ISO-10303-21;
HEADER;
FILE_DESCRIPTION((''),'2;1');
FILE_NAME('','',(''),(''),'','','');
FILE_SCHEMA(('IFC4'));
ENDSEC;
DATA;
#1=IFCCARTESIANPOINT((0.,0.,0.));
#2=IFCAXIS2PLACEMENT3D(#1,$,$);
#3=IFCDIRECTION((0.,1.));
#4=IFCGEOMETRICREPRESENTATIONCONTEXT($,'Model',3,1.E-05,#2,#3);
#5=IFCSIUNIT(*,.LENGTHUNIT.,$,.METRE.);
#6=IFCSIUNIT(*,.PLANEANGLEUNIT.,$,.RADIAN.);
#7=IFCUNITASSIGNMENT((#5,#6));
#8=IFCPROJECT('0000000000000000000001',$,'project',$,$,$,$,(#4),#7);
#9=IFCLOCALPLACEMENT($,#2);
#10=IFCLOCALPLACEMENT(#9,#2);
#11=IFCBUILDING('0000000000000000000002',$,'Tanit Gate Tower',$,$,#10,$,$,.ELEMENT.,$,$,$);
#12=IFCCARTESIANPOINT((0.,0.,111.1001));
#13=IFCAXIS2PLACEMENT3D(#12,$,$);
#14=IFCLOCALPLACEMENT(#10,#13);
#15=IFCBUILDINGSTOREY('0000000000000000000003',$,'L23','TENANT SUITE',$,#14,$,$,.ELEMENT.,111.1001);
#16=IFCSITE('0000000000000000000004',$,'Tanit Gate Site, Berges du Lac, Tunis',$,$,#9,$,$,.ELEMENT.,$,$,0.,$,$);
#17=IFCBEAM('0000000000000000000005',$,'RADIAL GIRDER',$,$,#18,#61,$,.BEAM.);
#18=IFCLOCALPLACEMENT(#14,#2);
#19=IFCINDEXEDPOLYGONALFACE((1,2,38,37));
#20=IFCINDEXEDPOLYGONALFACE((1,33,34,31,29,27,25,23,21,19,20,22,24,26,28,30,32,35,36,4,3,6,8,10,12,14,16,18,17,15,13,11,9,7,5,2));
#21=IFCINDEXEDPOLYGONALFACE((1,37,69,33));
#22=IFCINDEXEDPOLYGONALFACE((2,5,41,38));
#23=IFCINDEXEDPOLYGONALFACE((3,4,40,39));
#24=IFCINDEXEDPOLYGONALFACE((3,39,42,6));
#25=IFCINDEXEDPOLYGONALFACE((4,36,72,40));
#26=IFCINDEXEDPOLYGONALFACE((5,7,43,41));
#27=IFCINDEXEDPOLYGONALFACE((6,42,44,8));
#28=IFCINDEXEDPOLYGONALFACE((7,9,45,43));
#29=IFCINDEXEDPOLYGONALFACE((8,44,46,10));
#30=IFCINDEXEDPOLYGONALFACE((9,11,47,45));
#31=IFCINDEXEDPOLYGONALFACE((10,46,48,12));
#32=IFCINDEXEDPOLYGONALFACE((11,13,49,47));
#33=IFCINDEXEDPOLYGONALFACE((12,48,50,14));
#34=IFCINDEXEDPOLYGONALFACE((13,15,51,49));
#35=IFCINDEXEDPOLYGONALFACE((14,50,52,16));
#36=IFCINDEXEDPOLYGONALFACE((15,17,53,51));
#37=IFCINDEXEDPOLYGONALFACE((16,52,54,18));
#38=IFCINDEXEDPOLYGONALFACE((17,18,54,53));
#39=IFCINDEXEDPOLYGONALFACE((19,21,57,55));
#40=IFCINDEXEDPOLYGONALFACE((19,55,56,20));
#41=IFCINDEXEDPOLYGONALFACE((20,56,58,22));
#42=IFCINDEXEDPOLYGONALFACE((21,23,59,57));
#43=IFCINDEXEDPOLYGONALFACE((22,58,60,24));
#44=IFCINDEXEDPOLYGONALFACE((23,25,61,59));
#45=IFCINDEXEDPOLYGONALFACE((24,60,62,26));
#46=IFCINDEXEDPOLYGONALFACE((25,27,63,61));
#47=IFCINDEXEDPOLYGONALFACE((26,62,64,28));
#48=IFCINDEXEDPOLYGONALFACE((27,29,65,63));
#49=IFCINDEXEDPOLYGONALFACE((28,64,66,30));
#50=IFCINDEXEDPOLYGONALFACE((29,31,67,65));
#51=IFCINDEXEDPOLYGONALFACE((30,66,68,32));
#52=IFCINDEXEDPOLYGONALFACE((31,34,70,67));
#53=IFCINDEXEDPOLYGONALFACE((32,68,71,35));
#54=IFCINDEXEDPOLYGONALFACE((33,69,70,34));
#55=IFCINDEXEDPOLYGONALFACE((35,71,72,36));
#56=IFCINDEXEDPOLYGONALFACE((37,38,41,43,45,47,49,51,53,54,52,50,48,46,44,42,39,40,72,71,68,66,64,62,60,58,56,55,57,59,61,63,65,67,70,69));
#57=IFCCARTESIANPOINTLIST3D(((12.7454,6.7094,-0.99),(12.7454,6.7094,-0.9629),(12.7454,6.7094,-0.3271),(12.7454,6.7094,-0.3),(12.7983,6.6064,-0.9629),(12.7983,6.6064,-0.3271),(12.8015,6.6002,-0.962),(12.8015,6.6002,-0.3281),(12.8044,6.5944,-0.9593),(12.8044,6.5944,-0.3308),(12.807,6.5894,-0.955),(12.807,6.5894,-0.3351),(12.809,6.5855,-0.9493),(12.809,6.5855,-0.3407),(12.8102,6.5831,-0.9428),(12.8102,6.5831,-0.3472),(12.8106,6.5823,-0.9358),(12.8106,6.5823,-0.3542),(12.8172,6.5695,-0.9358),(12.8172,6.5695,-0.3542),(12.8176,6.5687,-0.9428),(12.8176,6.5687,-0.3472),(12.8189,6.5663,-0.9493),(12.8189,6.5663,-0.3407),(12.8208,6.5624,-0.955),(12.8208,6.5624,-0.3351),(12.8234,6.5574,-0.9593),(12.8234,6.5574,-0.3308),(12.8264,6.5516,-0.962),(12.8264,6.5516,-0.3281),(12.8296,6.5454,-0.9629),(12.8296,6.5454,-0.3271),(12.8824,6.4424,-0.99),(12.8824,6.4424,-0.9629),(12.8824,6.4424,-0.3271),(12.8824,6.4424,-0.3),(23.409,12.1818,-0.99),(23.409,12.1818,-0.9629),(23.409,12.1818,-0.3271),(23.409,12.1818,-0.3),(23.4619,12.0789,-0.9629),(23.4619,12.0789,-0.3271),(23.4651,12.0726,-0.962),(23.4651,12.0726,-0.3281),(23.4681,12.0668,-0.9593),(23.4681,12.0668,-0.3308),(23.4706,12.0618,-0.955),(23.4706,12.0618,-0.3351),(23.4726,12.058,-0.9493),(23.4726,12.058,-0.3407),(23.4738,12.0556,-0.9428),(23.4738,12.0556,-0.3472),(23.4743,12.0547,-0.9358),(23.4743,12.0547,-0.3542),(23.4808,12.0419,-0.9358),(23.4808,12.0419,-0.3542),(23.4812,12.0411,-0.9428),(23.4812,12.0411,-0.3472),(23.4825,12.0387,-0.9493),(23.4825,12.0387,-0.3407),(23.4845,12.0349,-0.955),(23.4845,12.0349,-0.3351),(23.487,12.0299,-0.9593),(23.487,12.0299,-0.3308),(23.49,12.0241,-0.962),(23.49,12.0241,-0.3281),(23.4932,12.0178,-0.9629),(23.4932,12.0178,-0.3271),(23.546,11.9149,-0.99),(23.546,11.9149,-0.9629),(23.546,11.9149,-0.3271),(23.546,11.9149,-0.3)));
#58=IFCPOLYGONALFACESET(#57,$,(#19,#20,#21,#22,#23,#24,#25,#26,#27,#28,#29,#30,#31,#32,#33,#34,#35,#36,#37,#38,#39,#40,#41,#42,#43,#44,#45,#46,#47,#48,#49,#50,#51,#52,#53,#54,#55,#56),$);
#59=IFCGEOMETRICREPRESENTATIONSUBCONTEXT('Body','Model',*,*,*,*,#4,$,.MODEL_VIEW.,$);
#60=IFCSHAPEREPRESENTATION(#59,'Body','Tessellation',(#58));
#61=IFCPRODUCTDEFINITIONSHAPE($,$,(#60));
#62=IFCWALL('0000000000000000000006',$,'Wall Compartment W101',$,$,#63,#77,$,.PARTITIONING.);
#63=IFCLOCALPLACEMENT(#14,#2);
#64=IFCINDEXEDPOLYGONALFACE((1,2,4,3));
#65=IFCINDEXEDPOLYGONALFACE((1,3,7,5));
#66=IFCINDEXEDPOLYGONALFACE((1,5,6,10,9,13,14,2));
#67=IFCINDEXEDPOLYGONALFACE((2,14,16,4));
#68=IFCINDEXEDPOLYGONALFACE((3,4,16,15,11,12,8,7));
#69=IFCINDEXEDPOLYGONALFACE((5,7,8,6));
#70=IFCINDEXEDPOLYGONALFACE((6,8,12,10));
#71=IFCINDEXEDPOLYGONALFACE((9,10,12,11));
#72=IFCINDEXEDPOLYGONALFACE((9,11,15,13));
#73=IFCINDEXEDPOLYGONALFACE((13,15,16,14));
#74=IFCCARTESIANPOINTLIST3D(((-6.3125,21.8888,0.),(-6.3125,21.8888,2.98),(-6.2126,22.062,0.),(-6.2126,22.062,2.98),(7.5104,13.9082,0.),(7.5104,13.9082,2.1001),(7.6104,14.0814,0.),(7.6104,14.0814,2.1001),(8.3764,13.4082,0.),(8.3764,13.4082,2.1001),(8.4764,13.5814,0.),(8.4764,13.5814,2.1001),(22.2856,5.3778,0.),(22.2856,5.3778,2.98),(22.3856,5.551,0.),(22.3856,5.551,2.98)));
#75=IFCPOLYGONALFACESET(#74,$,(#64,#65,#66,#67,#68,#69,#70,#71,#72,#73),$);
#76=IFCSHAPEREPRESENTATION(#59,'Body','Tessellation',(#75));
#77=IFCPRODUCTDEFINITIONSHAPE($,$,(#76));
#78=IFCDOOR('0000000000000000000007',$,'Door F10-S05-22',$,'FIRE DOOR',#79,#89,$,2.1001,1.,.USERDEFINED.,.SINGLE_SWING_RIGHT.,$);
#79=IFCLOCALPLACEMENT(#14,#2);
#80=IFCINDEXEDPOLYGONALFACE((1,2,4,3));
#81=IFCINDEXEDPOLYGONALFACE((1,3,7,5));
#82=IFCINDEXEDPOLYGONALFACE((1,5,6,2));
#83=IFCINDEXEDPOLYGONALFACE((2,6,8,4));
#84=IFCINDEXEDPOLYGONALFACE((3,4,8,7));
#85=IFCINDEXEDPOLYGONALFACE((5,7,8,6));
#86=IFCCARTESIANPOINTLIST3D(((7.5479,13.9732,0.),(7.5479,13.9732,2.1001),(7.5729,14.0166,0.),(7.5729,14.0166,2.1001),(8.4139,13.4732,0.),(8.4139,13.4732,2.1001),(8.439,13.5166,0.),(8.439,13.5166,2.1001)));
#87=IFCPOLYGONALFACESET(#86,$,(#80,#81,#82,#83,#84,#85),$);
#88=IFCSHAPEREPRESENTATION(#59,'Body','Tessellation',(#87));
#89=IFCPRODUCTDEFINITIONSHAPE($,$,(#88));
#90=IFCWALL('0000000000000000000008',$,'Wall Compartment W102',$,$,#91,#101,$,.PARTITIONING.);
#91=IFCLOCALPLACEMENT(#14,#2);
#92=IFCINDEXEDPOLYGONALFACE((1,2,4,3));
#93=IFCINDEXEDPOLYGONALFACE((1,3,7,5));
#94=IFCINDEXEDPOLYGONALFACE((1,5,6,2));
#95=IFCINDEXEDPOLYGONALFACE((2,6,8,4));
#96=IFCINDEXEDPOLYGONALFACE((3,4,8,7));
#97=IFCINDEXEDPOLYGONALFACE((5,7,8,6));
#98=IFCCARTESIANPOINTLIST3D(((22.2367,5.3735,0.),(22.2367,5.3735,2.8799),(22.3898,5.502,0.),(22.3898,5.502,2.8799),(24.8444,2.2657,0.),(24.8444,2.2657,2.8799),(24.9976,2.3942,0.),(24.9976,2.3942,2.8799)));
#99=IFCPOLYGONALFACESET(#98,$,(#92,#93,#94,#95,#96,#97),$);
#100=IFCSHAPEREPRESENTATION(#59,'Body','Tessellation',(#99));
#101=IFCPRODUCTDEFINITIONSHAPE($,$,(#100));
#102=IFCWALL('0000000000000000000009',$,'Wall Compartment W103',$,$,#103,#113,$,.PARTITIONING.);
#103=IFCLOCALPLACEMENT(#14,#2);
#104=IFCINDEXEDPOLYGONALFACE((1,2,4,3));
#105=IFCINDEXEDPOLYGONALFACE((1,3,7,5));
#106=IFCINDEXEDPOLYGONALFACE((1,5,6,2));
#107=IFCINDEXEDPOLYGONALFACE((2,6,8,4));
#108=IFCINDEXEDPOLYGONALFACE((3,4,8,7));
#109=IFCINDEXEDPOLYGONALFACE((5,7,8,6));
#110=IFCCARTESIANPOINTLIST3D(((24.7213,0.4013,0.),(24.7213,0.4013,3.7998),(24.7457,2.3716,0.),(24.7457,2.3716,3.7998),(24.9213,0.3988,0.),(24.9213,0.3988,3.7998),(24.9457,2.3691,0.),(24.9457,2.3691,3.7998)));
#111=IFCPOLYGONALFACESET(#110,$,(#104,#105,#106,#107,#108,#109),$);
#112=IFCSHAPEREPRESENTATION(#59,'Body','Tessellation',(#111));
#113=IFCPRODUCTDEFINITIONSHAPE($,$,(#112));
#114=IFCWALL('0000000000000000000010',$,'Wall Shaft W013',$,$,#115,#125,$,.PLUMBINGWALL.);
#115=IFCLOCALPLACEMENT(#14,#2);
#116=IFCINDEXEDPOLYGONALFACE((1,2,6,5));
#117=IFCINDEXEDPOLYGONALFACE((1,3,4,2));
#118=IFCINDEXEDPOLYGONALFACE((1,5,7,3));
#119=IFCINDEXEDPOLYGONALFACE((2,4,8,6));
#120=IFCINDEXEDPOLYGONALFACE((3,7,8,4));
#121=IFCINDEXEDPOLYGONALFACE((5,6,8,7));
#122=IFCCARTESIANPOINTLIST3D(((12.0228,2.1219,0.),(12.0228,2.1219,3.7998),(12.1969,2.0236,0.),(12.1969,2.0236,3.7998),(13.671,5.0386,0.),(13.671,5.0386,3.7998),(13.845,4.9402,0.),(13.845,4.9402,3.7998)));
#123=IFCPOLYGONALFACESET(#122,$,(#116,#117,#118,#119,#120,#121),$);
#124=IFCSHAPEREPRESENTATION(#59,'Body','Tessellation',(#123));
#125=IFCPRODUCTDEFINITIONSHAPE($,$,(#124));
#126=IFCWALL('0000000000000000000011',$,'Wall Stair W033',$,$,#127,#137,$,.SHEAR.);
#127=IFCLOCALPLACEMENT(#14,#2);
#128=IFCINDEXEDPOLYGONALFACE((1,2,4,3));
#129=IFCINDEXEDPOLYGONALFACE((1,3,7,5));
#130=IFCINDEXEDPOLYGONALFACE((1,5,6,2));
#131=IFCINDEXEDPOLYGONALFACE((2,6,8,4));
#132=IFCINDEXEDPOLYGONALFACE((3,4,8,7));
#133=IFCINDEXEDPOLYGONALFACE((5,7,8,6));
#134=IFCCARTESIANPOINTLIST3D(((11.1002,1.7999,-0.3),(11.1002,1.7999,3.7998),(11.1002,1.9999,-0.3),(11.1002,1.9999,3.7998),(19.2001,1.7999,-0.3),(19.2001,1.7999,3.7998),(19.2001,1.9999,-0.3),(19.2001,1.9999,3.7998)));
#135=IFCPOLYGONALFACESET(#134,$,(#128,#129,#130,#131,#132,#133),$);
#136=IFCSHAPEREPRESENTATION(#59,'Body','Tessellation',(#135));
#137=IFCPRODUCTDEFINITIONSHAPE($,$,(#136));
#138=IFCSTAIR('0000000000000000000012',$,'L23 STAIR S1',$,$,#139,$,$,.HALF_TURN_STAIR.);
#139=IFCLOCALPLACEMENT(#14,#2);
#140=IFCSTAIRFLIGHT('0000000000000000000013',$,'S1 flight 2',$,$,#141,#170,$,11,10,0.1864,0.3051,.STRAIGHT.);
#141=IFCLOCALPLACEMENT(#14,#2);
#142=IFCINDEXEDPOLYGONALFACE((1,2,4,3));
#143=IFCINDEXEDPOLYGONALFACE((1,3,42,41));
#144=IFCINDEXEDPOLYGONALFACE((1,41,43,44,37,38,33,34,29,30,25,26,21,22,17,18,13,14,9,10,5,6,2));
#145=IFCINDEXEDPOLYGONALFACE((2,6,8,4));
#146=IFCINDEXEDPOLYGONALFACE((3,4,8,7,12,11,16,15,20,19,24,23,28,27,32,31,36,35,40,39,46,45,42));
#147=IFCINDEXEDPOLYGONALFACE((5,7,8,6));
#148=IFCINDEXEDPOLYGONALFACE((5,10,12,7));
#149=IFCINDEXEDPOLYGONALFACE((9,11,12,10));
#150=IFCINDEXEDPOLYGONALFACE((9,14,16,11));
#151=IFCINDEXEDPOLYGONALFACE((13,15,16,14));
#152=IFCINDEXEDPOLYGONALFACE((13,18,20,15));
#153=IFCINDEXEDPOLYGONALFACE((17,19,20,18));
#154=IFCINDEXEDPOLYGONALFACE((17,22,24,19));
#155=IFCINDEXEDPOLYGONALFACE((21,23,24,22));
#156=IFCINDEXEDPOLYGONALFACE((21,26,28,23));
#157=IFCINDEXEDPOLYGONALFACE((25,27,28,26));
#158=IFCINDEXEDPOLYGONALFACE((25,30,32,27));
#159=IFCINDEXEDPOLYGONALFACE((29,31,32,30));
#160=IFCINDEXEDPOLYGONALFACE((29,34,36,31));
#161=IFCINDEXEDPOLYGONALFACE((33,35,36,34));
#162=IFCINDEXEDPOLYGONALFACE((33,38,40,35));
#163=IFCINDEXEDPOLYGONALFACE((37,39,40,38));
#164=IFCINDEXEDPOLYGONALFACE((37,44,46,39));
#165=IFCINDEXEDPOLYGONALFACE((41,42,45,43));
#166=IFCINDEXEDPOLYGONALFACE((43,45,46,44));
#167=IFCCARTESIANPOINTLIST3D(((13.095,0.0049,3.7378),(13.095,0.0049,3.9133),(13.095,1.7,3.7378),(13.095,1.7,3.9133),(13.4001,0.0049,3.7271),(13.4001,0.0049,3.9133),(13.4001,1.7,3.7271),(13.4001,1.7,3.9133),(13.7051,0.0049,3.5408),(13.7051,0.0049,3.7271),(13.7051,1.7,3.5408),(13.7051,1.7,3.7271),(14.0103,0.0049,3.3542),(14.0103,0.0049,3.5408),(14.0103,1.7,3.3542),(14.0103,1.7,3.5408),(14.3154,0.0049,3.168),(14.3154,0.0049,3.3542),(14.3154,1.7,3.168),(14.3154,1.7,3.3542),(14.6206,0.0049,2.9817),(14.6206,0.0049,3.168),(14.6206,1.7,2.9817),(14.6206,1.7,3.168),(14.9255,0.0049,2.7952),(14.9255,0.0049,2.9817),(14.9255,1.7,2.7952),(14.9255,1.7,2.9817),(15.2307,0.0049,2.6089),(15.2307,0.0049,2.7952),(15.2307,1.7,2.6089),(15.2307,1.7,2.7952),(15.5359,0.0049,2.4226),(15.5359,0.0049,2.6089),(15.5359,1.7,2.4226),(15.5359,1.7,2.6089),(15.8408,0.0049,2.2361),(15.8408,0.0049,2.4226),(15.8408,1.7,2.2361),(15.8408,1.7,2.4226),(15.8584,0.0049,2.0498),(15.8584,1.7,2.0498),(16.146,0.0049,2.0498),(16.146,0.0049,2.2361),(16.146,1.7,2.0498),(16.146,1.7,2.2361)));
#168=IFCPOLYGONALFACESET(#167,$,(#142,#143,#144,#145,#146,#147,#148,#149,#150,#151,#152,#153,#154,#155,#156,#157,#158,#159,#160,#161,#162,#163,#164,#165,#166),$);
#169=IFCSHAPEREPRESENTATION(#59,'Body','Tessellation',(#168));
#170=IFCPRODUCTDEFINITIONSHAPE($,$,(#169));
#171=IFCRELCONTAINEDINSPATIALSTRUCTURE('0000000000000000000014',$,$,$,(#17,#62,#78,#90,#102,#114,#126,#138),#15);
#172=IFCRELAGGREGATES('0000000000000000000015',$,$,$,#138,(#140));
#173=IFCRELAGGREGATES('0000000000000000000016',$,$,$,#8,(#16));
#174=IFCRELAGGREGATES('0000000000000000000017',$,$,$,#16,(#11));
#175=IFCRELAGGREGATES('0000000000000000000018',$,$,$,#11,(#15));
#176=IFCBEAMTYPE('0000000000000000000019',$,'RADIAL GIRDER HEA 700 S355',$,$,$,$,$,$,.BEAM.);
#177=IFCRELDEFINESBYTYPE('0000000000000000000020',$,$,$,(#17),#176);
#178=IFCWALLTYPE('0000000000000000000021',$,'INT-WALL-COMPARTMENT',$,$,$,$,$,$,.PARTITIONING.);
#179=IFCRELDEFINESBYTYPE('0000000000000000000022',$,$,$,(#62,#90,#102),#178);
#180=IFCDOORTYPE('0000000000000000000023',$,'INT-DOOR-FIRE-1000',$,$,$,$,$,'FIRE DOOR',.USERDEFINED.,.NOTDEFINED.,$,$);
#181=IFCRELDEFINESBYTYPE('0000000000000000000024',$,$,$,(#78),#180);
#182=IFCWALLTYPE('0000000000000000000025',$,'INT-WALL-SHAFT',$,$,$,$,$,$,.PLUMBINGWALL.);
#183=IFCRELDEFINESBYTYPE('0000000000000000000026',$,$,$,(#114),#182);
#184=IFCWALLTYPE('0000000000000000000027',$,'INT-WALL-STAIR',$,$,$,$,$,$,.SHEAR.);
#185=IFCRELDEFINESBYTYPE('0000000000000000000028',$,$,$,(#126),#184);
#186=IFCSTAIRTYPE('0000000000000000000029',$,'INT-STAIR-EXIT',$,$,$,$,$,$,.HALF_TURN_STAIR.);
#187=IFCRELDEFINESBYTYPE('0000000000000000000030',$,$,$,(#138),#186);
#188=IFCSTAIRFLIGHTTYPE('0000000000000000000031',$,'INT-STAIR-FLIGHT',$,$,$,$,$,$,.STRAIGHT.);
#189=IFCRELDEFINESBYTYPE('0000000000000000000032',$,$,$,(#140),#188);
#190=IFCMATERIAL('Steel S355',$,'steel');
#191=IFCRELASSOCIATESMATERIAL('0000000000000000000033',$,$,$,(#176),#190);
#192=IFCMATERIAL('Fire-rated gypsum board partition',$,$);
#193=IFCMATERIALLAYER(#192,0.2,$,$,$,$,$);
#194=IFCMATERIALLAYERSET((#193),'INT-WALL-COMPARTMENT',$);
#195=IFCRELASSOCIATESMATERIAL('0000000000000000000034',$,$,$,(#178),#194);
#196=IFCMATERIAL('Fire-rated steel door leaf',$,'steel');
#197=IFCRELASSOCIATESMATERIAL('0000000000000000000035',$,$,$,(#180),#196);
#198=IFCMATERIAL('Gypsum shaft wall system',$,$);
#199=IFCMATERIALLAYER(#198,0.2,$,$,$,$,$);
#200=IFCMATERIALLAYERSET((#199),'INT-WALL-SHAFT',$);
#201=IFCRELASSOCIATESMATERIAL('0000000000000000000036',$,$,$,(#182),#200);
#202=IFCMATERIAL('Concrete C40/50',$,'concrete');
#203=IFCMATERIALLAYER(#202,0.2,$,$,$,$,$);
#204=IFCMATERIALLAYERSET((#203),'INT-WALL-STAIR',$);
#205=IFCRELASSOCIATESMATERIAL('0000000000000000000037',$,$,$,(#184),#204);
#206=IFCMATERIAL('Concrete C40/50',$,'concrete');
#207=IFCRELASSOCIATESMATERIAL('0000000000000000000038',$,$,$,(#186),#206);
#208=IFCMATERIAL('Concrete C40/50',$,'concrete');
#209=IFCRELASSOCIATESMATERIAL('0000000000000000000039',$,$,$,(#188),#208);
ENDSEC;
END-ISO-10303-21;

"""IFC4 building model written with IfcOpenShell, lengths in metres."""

from ifc_helpers import new_model, si_unit, direction, frame, frame_2d, origin, origin_2d, place, context, subcontext, project, spatial, polyline, rectangle, i_section, outline, extrude, material, layer, layer_set, material_profile, profile_set, type_object, element, fill, aggregate, save


model = new_model("IFC4")

# Units and contexts
model_context = context("Model", 3, precision=1e-05, world=origin(), true_north=direction((0.0, 1.0)))
body_context = subcontext(model_context, "Body", "Model", "MODEL_VIEW")
ifc_project = project(units=[si_unit("LENGTHUNIT", "METRE"), si_unit("PLANEANGLEUNIT", "RADIAN")], contexts=[model_context])

# Site, building, storey
site_placement = place(None, origin())
site = spatial("IfcSite", under=ifc_project, at=site_placement, Name="Tanit Gate Site, Berges du Lac, Tunis", CompositionType="ELEMENT", RefElevation=0.0)
building_placement = place(site_placement, origin())
building = spatial("IfcBuilding", under=site, at=building_placement, Name="Tanit Gate Tower", CompositionType="ELEMENT")
storey_placement = place(building_placement, frame((0.0, 0.0, 111.1001)))
storey = spatial("IfcBuildingStorey", under=building, at=storey_placement, Name="L23", Description="TENANT SUITE", CompositionType="ELEMENT", Elevation=111.1001)

# Beam
ifc_material_1 = material(Name="Steel S355", Category="steel")
ifc_material_profile = material_profile(ifc_material_1, i_section(OverallWidth=0.3, OverallDepth=0.6899, WebThickness=0.0144, FlangeThickness=0.0271, FilletRadius=0.0271, at=origin_2d()), Name="HEA 700")
ifc_profile_set = profile_set([ifc_material_profile], Name="Steel S355")
beam_type = type_object("IfcBeamType", Name="RADIAL GIRDER HEA 700 S355", PredefinedType="BEAM", material=ifc_profile_set)
beam_placement = place(storey_placement, frame((23.4775, 12.0483, -0.645), z_axis=(-0.889685, -0.456575, 0.0), x_axis=(0.456575, -0.889685, 0.0)))
element("IfcBeam", 1, at=beam_placement, inside=storey, type_object=beam_type, Name="RADIAL GIRDER", PredefinedType="BEAM", context=body_context, shape_type="SweptSolid", body=[
    extrude(i_section(OverallWidth=0.3, OverallDepth=0.6899, WebThickness=0.0144, FlangeThickness=0.0271, FilletRadius=0.0271, at=origin_2d()), origin(), (0.0, 0.0, 1.0), 11.9858),
])

# Wall, opening, door
ifc_material_2 = material(Name="Fire-rated gypsum board partition")
ifc_layer_1 = layer(ifc_material_2, 0.2)
ifc_layer_set_1 = layer_set([ifc_layer_1], Name="INT-WALL-COMPARTMENT")
wall_type_1 = type_object("IfcWallType", Name="INT-WALL-COMPARTMENT", PredefinedType="PARTITIONING", material=ifc_layer_set_1)
wall_1_placement = place(storey_placement, frame((22.3357, 5.4644, 0.0), z_axis=(0.0, 0.0, 1.0), x_axis=(-0.866028, 0.499996, 0.0)))
wall_1 = element("IfcWall", 2, at=wall_1_placement, inside=storey, type_object=wall_type_1, Name="Wall Compartment W101", PredefinedType="PARTITIONING", context=body_context, shape_type="SweptSolid", body=[
    extrude(rectangle(XDim=33.0222, YDim=0.2, at=frame_2d((16.5112, 0.0))), origin(), (0.0, 0.0, 1.0), 2.98),
])
opening_1_placement = place(wall_1_placement, frame((16.061, 0.0, 0.0)))
opening_1 = element("IfcOpeningElement", 3, at=opening_1_placement, cuts=wall_1, PredefinedType="OPENING", context=body_context, shape_type="SweptSolid", body=[
    extrude(rectangle(XDim=1.0, YDim=2.1001, at=frame_2d((0.5, 1.05))), frame((0.0, 0.1099, 0.0), z_axis=(0.0, -1.0, 0.0), x_axis=(1.0, 0.0, 0.0)), (0.0, 0.0, 1.0), 0.22),
])
ifc_material_3 = material(Name="Fire-rated steel door leaf", Category="steel")
door_type_1 = type_object("IfcDoorType", Name="INT-DOOR-FIRE-1000", ElementType="FIRE DOOR", OperationType="NOTDEFINED", PredefinedType="USERDEFINED", material=ifc_material_3)
door_1_placement = place(opening_1_placement, origin())
door_1 = element("IfcDoor", 4, at=door_1_placement, inside=storey, type_object=door_type_1, Name="Door F10-S05-22", ObjectType="FIRE DOOR", OperationType="SINGLE_SWING_RIGHT", OverallHeight=2.1001, OverallWidth=1.0, PredefinedType="USERDEFINED", context=body_context, shape_type="SweptSolid", body=[
    extrude(rectangle(XDim=1.0, YDim=2.1001, at=frame_2d((0.5, 1.05))), frame((0.0, 0.0249, 0.0), z_axis=(0.0, -1.0, 0.0), x_axis=(1.0, 0.0, 0.0)), (0.0, 0.0, 1.0), 0.05),
])
fill(opening_1, door_1)

# Walls
wall_2_placement = place(storey_placement, frame((24.9209, 2.3301, 0.0), z_axis=(0.0, 0.0, 1.0), x_axis=(-0.642791, 0.766041, 0.0)))
element("IfcWall", 5, at=wall_2_placement, inside=storey, type_object=wall_type_1, Name="Wall Compartment W102", PredefinedType="PARTITIONING", context=body_context, shape_type="SweptSolid", body=[
    extrude(rectangle(XDim=4.0569, YDim=0.2, at=frame_2d((2.0283, 0.0))), origin(), (0.0, 0.0, 1.0), 2.8799),
])
wall_3_placement = place(storey_placement, frame((24.8213, 0.3999, 0.0), z_axis=(0.0, 0.0, 1.0), x_axis=(0.012391, 0.999923, 0.0)))
element("IfcWall", 6, at=wall_3_placement, inside=storey, type_object=wall_type_1, Name="Wall Compartment W103", PredefinedType="PARTITIONING", context=body_context, shape_type="SweptSolid", body=[
    extrude(rectangle(XDim=1.9705, YDim=0.2, at=frame_2d((0.9854, 0.0))), origin(), (0.0, 0.0, 1.0), 3.7998),
])
ifc_material_4 = material(Name="Gypsum shaft wall system")
ifc_layer_2 = layer(ifc_material_4, 0.2)
ifc_layer_set_2 = layer_set([ifc_layer_2], Name="INT-WALL-SHAFT")
wall_type_2 = type_object("IfcWallType", Name="INT-WALL-SHAFT", PredefinedType="PLUMBINGWALL", material=ifc_layer_set_2)
wall_4_placement = place(storey_placement, frame((12.1099, 2.0728, 0.0), z_axis=(0.0, 0.0, 1.0), x_axis=(0.491966, 0.870614, 0.0)))
element("IfcWall", 7, at=wall_4_placement, inside=storey, type_object=wall_type_2, Name="Wall Shaft W013", PredefinedType="PLUMBINGWALL", context=body_context, shape_type="SweptSolid", body=[
    extrude(rectangle(XDim=3.3501, YDim=0.2, at=frame_2d((1.675, 0.0))), origin(), (0.0, 0.0, 1.0), 3.7998),
])
ifc_material_5 = material(Name="Concrete C40/50", Category="concrete")
ifc_layer_3 = layer(ifc_material_5, 0.2)
ifc_layer_set_3 = layer_set([ifc_layer_3], Name="INT-WALL-STAIR")
wall_type_3 = type_object("IfcWallType", Name="INT-WALL-STAIR", PredefinedType="SHEAR", material=ifc_layer_set_3)
wall_5_placement = place(storey_placement, frame((19.2, 1.8999, -0.3), z_axis=(0.0, 0.0, 1.0), x_axis=(-1.0, 0.0, 0.0)))
element("IfcWall", 8, at=wall_5_placement, inside=storey, type_object=wall_type_3, Name="Wall Stair W033", PredefinedType="SHEAR", context=body_context, shape_type="SweptSolid", body=[
    extrude(rectangle(XDim=8.0999, YDim=0.2, at=frame_2d((4.0498, 0.0))), origin(), (0.0, 0.0, 1.0), 4.0999),
])

# Stair, stair flight
ifc_material_6 = material(Name="Concrete C40/50", Category="concrete")
stair_type = type_object("IfcStairType", Name="INT-STAIR-EXIT", PredefinedType="HALF_TURN_STAIR", material=ifc_material_6)
stair_placement = place(storey_placement, origin())
stair = element("IfcStair", 9, at=stair_placement, inside=storey, type_object=stair_type, Name="L23 STAIR S1", PredefinedType="HALF_TURN_STAIR")
ifc_material_7 = material(Name="Concrete C40/50", Category="concrete")
stair_flight_type = type_object("IfcStairFlightType", Name="INT-STAIR-FLIGHT", PredefinedType="STRAIGHT", material=ifc_material_7)
stair_flight_placement = place(storey_placement, frame((16.146, 0.8525, 2.0498), z_axis=(0.0, 0.0, 1.0), x_axis=(-1.0, 0.0, 0.0)))
stair_flight = element("IfcStairFlight", 10, at=stair_flight_placement, type_object=stair_flight_type, Name="S1 flight 2", NumberOfRisers=11, NumberOfTreads=10, PredefinedType="STRAIGHT", RiserHeight=0.1864, TreadLength=0.3051, context=body_context, shape_type="SweptSolid", body=[
    extrude(outline(polyline([(0.0, 0.0), (0.0, 0.1863), (0.3052, 0.1863), (0.3052, 0.3728), (0.6101, 0.3728), (0.6101, 0.5591), (0.9153, 0.5591), (0.9153, 0.7454), (1.2205, 0.7454), (1.2205, 0.9319), (1.5254, 0.9319), (1.5254, 1.1182), (1.8306, 1.1182), (1.8306, 1.3044), (2.1357, 1.3044), (2.1357, 1.491), (2.4409, 1.491), (2.4409, 1.6772), (2.7458, 1.6772), (2.7458, 1.8635), (3.051, 1.8635), (3.051, 2.05), (3.051, 1.688), (0.2876, 0.0), (0.0, 0.0)])), frame((0.0, 0.8477, 0.0), z_axis=(0.0, -1.0, 0.0), x_axis=(1.0, 0.0, 0.0)), (0.0, 0.0, 1.0), 1.6951),
])
aggregate(stair, [stair_flight])

save(model, "model.ifc")
